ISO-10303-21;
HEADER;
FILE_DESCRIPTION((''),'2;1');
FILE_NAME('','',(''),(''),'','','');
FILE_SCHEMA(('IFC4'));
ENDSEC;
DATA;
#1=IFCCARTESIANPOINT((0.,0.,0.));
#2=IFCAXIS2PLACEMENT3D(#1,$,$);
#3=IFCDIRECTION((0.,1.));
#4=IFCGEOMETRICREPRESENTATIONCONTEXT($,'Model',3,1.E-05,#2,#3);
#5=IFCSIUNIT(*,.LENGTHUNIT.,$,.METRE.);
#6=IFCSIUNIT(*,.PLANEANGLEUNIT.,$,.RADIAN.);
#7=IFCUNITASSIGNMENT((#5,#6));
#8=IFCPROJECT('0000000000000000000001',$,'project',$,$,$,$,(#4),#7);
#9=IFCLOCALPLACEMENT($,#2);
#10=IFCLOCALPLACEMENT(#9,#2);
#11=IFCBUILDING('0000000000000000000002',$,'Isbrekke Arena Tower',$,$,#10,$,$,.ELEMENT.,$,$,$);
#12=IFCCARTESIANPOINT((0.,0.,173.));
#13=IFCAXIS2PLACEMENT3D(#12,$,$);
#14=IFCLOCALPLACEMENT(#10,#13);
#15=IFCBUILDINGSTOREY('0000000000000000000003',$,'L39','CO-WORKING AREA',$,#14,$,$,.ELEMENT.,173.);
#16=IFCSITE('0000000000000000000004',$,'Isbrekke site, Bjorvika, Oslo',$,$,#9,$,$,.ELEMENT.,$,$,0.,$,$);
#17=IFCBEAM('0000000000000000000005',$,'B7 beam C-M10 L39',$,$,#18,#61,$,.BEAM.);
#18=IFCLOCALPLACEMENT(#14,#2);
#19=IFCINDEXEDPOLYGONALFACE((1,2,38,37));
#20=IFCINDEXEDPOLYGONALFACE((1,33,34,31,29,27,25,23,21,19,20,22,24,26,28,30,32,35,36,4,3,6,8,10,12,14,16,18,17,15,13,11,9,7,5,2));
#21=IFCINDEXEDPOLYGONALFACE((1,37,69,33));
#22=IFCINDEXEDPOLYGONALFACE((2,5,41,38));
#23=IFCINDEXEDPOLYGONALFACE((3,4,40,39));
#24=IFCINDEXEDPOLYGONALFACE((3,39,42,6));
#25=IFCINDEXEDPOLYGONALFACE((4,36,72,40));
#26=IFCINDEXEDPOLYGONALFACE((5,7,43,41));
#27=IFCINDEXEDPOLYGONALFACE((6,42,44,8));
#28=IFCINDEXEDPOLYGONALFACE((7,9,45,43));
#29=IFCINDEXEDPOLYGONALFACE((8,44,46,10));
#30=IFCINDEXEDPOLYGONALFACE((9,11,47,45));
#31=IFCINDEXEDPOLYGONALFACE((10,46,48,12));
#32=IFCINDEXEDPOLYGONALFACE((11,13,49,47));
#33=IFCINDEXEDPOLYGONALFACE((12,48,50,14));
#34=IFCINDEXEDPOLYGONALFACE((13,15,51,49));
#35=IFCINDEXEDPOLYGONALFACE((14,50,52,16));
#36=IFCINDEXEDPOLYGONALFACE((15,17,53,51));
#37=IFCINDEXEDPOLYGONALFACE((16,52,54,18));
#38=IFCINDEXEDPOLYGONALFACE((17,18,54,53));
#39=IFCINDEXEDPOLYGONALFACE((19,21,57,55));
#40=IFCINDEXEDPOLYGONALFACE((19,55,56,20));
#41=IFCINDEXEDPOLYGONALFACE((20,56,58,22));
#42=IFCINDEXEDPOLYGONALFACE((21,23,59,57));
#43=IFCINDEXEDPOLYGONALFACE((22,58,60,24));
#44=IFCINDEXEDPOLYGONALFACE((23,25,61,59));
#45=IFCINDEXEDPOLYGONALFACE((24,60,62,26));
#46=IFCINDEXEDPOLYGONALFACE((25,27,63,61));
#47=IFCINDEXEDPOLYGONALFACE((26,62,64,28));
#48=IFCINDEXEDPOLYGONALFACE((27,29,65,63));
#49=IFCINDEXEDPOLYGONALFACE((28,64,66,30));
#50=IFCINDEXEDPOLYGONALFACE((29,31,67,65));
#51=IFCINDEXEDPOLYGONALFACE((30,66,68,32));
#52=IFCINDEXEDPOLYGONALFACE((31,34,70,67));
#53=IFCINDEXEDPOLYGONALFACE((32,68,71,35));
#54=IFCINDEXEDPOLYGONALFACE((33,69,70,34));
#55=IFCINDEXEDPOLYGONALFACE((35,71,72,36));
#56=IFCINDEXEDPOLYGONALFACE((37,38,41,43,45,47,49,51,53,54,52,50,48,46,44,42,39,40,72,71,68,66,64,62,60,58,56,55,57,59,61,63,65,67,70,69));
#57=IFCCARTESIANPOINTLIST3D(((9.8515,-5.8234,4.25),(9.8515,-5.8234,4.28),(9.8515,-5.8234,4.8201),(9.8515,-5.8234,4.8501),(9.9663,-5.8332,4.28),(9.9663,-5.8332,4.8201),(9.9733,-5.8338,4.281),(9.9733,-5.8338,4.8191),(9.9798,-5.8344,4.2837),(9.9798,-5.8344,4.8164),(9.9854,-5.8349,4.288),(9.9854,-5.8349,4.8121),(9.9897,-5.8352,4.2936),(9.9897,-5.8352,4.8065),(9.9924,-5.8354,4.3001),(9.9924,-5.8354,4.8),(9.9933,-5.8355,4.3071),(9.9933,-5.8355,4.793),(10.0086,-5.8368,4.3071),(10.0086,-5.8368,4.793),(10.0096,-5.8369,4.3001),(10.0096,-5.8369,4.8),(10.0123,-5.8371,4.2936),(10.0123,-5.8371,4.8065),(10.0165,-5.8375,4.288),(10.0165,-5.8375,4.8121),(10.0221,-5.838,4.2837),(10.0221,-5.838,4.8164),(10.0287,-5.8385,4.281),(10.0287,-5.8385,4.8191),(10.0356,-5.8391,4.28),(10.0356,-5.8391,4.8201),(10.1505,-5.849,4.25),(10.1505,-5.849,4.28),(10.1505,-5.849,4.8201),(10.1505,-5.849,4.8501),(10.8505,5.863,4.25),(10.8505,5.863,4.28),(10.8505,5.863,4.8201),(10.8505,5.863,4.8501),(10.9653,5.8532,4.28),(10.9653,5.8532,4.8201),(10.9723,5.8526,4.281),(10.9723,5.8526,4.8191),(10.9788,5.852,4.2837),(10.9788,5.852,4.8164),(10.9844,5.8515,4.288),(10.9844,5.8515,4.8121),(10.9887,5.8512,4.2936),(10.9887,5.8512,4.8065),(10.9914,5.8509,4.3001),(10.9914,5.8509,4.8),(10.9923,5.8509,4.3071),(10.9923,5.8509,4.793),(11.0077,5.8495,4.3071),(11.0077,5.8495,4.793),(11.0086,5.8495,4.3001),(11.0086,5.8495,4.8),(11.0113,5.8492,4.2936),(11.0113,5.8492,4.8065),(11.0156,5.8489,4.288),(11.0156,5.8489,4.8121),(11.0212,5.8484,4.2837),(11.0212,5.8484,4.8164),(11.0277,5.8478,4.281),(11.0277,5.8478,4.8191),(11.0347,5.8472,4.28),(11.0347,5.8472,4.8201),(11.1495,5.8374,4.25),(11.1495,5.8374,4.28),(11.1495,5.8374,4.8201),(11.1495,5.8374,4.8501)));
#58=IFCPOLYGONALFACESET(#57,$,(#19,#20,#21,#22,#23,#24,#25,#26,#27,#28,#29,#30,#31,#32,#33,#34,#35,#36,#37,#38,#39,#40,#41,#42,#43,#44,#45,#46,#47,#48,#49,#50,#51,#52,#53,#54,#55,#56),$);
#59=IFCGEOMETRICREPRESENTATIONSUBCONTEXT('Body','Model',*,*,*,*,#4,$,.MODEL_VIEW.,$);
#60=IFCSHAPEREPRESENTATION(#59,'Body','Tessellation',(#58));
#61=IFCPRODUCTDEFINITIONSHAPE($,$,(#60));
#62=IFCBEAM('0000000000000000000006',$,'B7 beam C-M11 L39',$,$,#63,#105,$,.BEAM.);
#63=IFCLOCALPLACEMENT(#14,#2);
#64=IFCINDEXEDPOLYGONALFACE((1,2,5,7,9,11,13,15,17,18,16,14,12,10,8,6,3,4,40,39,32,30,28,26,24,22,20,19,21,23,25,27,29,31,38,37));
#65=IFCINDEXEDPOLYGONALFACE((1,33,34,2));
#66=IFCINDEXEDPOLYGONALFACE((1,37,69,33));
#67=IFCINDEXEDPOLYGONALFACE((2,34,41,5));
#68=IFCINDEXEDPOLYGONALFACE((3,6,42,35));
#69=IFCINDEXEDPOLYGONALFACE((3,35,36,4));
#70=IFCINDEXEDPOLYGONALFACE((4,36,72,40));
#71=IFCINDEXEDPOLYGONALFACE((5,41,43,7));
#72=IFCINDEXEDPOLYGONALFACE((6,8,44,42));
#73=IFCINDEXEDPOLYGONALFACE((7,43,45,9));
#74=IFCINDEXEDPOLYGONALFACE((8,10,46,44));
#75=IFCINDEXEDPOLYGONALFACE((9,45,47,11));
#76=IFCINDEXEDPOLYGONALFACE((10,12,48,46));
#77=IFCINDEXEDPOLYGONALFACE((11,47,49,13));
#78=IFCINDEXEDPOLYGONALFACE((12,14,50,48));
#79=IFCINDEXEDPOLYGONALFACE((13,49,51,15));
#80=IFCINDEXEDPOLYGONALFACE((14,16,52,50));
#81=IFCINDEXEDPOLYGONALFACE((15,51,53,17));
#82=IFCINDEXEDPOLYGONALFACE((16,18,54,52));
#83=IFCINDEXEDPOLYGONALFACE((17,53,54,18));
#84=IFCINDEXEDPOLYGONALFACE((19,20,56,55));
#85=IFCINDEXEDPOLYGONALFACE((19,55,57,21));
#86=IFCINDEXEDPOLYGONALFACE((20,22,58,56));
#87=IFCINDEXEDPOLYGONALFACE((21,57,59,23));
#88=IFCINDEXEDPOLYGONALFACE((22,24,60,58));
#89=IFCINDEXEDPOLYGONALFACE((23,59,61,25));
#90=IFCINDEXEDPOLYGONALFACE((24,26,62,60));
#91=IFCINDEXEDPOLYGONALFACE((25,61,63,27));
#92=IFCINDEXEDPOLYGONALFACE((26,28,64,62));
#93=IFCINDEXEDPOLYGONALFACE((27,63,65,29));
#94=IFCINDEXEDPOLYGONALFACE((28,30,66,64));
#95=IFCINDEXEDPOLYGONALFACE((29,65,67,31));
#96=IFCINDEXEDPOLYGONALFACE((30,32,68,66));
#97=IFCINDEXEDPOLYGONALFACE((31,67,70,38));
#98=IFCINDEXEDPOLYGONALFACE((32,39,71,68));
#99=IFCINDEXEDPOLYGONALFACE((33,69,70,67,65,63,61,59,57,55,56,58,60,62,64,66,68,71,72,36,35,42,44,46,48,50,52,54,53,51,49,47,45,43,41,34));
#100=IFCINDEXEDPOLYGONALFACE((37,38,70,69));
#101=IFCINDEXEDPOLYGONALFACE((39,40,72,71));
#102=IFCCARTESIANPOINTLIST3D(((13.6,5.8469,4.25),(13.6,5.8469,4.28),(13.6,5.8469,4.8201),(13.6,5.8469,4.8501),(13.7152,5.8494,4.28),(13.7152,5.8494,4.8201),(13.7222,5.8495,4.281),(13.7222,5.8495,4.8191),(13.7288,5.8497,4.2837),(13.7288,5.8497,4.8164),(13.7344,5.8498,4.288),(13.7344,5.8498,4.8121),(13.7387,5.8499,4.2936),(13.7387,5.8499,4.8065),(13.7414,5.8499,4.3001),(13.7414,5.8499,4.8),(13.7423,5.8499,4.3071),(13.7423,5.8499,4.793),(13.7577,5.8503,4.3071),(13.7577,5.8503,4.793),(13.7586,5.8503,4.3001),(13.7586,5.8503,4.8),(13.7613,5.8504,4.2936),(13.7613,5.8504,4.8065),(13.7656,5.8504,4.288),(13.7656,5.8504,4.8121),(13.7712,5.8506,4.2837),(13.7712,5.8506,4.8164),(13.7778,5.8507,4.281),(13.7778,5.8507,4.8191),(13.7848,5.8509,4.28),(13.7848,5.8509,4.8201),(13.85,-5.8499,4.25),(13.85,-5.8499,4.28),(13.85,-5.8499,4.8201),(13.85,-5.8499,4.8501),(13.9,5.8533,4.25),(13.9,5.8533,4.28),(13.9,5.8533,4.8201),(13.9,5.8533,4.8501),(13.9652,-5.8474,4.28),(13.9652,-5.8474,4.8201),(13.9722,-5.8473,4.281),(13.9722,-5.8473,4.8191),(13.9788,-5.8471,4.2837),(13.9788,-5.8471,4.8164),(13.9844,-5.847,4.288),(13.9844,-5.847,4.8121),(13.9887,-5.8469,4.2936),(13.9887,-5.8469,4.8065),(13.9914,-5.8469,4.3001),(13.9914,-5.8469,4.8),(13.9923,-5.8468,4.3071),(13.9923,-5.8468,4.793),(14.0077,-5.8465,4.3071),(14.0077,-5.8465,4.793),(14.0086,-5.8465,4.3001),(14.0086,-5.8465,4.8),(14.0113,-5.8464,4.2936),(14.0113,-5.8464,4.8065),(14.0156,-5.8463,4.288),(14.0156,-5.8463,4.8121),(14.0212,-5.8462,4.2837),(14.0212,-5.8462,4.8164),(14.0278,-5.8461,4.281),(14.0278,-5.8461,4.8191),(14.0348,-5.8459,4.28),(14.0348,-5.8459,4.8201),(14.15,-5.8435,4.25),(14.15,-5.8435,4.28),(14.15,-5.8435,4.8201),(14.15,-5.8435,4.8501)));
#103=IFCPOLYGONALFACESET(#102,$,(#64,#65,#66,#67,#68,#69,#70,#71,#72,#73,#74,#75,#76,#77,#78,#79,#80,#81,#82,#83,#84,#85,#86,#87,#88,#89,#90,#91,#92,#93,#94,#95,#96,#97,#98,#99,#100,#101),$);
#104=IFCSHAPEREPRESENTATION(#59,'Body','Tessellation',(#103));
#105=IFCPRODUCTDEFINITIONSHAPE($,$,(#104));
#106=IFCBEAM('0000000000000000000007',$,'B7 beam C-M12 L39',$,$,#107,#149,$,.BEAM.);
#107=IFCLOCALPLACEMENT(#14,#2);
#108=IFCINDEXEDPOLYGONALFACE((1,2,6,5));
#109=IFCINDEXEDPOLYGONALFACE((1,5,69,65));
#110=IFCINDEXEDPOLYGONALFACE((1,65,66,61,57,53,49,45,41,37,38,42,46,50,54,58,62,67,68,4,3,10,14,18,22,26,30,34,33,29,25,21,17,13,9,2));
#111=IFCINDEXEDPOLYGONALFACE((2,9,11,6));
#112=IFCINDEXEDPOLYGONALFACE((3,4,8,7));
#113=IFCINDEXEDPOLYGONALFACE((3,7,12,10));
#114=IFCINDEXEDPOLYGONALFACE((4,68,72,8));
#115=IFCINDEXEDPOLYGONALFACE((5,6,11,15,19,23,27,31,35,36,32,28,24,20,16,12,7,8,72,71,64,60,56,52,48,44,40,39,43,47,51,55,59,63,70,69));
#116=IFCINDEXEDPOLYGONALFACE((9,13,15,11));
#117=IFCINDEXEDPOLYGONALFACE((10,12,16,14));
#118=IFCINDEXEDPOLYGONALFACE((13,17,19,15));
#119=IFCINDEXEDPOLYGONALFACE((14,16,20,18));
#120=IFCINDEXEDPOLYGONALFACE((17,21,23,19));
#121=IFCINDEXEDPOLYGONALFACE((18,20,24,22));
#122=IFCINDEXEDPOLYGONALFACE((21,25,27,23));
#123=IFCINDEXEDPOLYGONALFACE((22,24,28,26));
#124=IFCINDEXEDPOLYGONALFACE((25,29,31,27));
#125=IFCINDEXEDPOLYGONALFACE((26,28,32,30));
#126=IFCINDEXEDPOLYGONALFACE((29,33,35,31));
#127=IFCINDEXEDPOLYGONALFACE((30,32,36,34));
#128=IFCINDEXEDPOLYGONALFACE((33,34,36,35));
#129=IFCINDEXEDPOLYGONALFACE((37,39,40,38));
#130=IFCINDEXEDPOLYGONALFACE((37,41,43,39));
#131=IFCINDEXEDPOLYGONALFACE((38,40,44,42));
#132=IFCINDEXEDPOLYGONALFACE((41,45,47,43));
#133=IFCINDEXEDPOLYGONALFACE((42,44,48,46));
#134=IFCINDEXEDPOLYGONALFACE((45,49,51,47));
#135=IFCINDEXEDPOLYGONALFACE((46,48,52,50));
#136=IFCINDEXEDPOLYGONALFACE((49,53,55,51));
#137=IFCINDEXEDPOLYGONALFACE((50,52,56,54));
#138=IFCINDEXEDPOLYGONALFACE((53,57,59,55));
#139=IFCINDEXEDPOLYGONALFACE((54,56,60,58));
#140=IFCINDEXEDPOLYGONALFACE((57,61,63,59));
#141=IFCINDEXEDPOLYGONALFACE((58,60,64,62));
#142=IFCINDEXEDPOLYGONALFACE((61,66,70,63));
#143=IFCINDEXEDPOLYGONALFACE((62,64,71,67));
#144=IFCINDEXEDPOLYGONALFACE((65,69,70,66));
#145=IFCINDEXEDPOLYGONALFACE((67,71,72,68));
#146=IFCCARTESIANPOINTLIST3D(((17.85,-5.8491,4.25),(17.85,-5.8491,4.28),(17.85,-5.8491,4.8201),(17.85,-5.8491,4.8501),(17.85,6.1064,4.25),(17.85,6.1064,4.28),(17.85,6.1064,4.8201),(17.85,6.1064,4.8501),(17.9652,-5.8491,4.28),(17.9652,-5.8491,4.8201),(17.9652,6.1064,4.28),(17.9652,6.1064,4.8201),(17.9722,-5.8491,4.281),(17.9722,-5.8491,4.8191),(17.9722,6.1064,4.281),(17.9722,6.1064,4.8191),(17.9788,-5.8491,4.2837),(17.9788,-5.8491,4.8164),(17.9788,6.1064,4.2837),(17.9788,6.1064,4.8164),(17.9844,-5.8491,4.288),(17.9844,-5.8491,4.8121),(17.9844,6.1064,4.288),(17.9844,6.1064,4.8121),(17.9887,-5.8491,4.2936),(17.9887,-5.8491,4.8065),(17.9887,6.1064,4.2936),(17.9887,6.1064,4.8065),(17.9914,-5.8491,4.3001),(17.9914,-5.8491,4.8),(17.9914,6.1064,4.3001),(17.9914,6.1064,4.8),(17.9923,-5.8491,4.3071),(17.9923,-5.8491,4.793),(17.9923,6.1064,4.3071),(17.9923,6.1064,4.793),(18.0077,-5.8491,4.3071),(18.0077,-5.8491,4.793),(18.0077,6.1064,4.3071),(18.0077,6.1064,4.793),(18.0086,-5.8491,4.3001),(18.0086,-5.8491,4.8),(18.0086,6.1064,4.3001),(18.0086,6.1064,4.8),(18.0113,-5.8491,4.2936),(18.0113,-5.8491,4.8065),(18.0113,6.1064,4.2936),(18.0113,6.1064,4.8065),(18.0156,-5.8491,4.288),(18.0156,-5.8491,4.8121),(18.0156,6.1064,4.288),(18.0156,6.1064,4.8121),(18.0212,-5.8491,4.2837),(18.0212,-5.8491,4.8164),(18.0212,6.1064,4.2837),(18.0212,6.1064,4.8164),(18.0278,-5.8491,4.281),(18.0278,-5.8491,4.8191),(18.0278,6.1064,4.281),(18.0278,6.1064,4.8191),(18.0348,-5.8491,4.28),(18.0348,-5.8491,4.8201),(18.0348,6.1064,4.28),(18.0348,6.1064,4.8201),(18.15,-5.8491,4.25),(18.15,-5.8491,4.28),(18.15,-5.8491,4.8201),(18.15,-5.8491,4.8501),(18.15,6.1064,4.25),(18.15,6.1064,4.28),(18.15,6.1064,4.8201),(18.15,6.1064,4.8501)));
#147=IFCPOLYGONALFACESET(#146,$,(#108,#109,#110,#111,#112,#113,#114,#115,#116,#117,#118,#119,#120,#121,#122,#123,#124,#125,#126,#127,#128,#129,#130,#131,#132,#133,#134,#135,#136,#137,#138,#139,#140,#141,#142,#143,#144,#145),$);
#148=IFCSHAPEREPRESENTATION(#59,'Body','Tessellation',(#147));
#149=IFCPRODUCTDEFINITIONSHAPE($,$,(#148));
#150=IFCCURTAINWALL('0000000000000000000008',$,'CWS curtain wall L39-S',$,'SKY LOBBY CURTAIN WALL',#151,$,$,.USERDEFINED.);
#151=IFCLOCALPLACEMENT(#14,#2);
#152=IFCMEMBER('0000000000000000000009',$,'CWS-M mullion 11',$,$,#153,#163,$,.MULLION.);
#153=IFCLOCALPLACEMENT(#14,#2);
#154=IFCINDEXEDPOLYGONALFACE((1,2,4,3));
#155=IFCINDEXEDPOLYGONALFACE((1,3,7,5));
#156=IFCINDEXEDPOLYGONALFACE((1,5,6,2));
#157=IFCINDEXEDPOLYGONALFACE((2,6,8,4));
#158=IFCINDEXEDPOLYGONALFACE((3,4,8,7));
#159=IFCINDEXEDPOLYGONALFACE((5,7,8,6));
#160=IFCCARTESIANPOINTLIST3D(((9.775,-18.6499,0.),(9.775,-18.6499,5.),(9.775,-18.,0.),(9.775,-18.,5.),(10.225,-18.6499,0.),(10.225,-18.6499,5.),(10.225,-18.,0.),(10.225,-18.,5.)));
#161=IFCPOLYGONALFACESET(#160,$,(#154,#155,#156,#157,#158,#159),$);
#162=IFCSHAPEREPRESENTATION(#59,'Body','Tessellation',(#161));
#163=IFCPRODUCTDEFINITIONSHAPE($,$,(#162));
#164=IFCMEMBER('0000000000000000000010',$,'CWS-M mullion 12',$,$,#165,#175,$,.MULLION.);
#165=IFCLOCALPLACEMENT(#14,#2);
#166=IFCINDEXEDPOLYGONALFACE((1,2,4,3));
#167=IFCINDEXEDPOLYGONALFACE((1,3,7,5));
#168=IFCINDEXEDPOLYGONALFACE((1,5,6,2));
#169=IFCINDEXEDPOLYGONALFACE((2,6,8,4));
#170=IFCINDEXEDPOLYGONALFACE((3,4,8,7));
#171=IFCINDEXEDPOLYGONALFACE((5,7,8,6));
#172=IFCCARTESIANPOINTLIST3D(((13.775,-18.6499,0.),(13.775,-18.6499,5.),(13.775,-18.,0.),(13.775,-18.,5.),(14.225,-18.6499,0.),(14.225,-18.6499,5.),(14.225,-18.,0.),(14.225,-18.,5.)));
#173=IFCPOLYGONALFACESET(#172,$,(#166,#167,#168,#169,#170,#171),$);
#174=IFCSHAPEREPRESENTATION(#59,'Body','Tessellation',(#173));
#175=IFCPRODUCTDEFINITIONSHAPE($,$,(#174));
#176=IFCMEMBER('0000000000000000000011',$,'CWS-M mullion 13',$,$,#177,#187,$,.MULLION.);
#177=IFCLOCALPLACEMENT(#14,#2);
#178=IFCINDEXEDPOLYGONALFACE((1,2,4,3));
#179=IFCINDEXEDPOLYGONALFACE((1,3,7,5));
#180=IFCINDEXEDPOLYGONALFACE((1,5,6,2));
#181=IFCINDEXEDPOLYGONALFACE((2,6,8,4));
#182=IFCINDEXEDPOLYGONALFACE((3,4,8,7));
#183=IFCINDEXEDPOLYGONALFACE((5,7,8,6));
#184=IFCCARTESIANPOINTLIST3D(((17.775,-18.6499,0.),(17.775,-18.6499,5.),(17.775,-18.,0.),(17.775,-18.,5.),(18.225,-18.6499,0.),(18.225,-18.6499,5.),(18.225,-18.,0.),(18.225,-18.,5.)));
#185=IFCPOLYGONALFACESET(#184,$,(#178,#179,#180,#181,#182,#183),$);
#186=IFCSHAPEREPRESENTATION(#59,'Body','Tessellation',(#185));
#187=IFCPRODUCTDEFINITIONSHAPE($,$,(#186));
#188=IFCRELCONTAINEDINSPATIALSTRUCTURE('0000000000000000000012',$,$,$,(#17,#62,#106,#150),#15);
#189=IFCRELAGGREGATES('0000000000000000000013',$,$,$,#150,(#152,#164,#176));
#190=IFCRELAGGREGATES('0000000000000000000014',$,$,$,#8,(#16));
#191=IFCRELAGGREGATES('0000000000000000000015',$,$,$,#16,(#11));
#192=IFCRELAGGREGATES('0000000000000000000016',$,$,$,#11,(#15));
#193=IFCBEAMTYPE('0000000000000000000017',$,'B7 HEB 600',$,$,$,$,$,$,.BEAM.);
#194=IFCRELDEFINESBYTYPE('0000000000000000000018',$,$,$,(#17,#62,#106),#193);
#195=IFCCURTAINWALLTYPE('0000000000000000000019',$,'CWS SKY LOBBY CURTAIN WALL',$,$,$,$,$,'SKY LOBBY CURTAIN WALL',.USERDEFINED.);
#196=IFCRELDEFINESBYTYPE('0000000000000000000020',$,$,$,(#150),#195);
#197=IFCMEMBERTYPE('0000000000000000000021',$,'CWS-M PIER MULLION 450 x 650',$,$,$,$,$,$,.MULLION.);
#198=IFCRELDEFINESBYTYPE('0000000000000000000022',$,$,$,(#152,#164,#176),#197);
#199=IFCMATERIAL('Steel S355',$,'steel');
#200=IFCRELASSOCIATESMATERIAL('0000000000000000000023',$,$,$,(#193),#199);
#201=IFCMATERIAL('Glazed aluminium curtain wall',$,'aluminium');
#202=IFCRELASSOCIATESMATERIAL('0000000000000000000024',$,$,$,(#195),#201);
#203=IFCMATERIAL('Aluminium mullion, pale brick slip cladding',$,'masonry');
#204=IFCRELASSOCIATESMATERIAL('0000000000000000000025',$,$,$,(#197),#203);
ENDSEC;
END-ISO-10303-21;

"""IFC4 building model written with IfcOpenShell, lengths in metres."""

from ifc_helpers import new_model, si_unit, direction, frame, origin, origin_2d, place, context, subcontext, project, spatial, rectangle, i_section, extrude, material, material_profile, profile_set, type_object, element, aggregate, save


model = new_model("IFC4")

# Units and contexts
model_context = context("Model", 3, precision=1e-05, world=origin(), true_north=direction((0.0, 1.0)))
body_context = subcontext(model_context, "Body", "Model", "MODEL_VIEW")
ifc_project = project(units=[si_unit("LENGTHUNIT", "METRE"), si_unit("PLANEANGLEUNIT", "RADIAN")], contexts=[model_context])

# Site, building, storey
site_placement = place(None, origin())
site = spatial("IfcSite", under=ifc_project, at=site_placement, Name="Isbrekke site, Bjorvika, Oslo", CompositionType="ELEMENT", RefElevation=0.0)
building_placement = place(site_placement, origin())
building = spatial("IfcBuilding", under=site, at=building_placement, Name="Isbrekke Arena Tower", CompositionType="ELEMENT")
storey_placement = place(building_placement, frame((0.0, 0.0, 173.0)))
storey = spatial("IfcBuildingStorey", under=building, at=storey_placement, Name="L39", Description="CO-WORKING AREA", CompositionType="ELEMENT", Elevation=173.0)

# Beams
ifc_material_1 = material(Name="Steel S355", Category="steel")
ifc_material_profile_1 = material_profile(ifc_material_1, i_section(OverallWidth=0.3, OverallDepth=0.6001, WebThickness=0.0154, FlangeThickness=0.03, FilletRadius=0.0271, at=origin_2d()), Name="HEB 600")
ifc_profile_set_1 = profile_set([ifc_material_profile_1], Name="Steel S355")
beam_type_1 = type_object("IfcBeamType", Name="B7 HEB 600", PredefinedType="BEAM", material=ifc_profile_set_1)
beam_1_placement = place(storey_placement, frame((10.001, -5.8362, 4.55), z_axis=(0.085176, 0.996366, 0.0), x_axis=(-0.996366, 0.085176, 0.0)))
element("IfcBeam", 1, at=beam_1_placement, inside=storey, type_object=beam_type_1, Name="B7 beam C-M10 L39", PredefinedType="BEAM", context=body_context, shape_type="SweptSolid", body=[
    extrude(i_section(OverallWidth=0.3, OverallDepth=0.6001, WebThickness=0.0154, FlangeThickness=0.03, FilletRadius=0.0271, at=origin_2d()), origin(), (0.0, 0.0, 1.0), 11.729),
])
beam_2_placement = place(storey_placement, frame((14.0, -5.8467, 4.55), z_axis=(-0.021369, 0.999772, 0.0), x_axis=(-0.999772, -0.021369, 0.0)))
element("IfcBeam", 2, at=beam_2_placement, inside=storey, type_object=beam_type_1, Name="B7 beam C-M11 L39", PredefinedType="BEAM", context=body_context, shape_type="SweptSolid", body=[
    extrude(i_section(OverallWidth=0.3, OverallDepth=0.6001, WebThickness=0.0154, FlangeThickness=0.03, FilletRadius=0.0271, at=origin_2d()), origin(), (0.0, 0.0, 1.0), 11.6995),
])
beam_3_placement = place(storey_placement, frame((18.0, -5.8491, 4.55), z_axis=(0.0, 1.0, 0.0), x_axis=(-1.0, 0.0, 0.0)))
element("IfcBeam", 3, at=beam_3_placement, inside=storey, type_object=beam_type_1, Name="B7 beam C-M12 L39", PredefinedType="BEAM", context=body_context, shape_type="SweptSolid", body=[
    extrude(i_section(OverallWidth=0.3, OverallDepth=0.6001, WebThickness=0.0154, FlangeThickness=0.03, FilletRadius=0.0271, at=origin_2d()), origin(), (0.0, 0.0, 1.0), 11.9556),
])

# Curtain wall, members
ifc_material_2 = material(Name="Glazed aluminium curtain wall", Category="aluminium")
curtain_wall_type = type_object("IfcCurtainWallType", Name="CWS SKY LOBBY CURTAIN WALL", ElementType="SKY LOBBY CURTAIN WALL", PredefinedType="USERDEFINED", material=ifc_material_2)
curtain_wall_placement = place(storey_placement, origin())
curtain_wall = element("IfcCurtainWall", 4, at=curtain_wall_placement, inside=storey, type_object=curtain_wall_type, Name="CWS curtain wall L39-S", ObjectType="SKY LOBBY CURTAIN WALL", PredefinedType="USERDEFINED")
ifc_material_3 = material(Name="Aluminium mullion, pale brick slip cladding", Category="masonry")
ifc_material_profile_2 = material_profile(ifc_material_3, rectangle(XDim=0.45, YDim=0.6499, at=origin_2d()), Name="PIER 450X650")
ifc_profile_set_2 = profile_set([ifc_material_profile_2], Name="Aluminium mullion, pale brick slip cladding")
member_type_1 = type_object("IfcMemberType", Name="CWS-M PIER MULLION 450 x 650", PredefinedType="MULLION", material=ifc_profile_set_2)
member_1_placement = place(storey_placement, frame((10.0, -18.325, 0.0), z_axis=(0.0, 0.0, 1.0), x_axis=(1.0, 0.0, 0.0)))
member_1 = element("IfcMember", 5, at=member_1_placement, type_object=member_type_1, Name="CWS-M mullion 11", PredefinedType="MULLION", context=body_context, shape_type="SweptSolid", body=[
    extrude(rectangle(XDim=0.45, YDim=0.6499, at=origin_2d()), origin(), (0.0, 0.0, 1.0), 5.0),
])
member_2_placement = place(storey_placement, frame((14.0, -18.325, 0.0), z_axis=(0.0, 0.0, 1.0), x_axis=(1.0, 0.0, 0.0)))
member_2 = element("IfcMember", 6, at=member_2_placement, type_object=member_type_1, Name="CWS-M mullion 12", PredefinedType="MULLION", context=body_context, shape_type="SweptSolid", body=[
    extrude(rectangle(XDim=0.45, YDim=0.6499, at=origin_2d()), origin(), (0.0, 0.0, 1.0), 5.0),
])
member_3_placement = place(storey_placement, frame((18.0, -18.325, 0.0), z_axis=(0.0, 0.0, 1.0), x_axis=(1.0, 0.0, 0.0)))
member_3 = element("IfcMember", 7, at=member_3_placement, type_object=member_type_1, Name="CWS-M mullion 13", PredefinedType="MULLION", context=body_context, shape_type="SweptSolid", body=[
    extrude(rectangle(XDim=0.45, YDim=0.6499, at=origin_2d()), origin(), (0.0, 0.0, 1.0), 5.0),
])

aggregate(curtain_wall, [member_1, member_2, member_3])

save(model, "model.ifc")
